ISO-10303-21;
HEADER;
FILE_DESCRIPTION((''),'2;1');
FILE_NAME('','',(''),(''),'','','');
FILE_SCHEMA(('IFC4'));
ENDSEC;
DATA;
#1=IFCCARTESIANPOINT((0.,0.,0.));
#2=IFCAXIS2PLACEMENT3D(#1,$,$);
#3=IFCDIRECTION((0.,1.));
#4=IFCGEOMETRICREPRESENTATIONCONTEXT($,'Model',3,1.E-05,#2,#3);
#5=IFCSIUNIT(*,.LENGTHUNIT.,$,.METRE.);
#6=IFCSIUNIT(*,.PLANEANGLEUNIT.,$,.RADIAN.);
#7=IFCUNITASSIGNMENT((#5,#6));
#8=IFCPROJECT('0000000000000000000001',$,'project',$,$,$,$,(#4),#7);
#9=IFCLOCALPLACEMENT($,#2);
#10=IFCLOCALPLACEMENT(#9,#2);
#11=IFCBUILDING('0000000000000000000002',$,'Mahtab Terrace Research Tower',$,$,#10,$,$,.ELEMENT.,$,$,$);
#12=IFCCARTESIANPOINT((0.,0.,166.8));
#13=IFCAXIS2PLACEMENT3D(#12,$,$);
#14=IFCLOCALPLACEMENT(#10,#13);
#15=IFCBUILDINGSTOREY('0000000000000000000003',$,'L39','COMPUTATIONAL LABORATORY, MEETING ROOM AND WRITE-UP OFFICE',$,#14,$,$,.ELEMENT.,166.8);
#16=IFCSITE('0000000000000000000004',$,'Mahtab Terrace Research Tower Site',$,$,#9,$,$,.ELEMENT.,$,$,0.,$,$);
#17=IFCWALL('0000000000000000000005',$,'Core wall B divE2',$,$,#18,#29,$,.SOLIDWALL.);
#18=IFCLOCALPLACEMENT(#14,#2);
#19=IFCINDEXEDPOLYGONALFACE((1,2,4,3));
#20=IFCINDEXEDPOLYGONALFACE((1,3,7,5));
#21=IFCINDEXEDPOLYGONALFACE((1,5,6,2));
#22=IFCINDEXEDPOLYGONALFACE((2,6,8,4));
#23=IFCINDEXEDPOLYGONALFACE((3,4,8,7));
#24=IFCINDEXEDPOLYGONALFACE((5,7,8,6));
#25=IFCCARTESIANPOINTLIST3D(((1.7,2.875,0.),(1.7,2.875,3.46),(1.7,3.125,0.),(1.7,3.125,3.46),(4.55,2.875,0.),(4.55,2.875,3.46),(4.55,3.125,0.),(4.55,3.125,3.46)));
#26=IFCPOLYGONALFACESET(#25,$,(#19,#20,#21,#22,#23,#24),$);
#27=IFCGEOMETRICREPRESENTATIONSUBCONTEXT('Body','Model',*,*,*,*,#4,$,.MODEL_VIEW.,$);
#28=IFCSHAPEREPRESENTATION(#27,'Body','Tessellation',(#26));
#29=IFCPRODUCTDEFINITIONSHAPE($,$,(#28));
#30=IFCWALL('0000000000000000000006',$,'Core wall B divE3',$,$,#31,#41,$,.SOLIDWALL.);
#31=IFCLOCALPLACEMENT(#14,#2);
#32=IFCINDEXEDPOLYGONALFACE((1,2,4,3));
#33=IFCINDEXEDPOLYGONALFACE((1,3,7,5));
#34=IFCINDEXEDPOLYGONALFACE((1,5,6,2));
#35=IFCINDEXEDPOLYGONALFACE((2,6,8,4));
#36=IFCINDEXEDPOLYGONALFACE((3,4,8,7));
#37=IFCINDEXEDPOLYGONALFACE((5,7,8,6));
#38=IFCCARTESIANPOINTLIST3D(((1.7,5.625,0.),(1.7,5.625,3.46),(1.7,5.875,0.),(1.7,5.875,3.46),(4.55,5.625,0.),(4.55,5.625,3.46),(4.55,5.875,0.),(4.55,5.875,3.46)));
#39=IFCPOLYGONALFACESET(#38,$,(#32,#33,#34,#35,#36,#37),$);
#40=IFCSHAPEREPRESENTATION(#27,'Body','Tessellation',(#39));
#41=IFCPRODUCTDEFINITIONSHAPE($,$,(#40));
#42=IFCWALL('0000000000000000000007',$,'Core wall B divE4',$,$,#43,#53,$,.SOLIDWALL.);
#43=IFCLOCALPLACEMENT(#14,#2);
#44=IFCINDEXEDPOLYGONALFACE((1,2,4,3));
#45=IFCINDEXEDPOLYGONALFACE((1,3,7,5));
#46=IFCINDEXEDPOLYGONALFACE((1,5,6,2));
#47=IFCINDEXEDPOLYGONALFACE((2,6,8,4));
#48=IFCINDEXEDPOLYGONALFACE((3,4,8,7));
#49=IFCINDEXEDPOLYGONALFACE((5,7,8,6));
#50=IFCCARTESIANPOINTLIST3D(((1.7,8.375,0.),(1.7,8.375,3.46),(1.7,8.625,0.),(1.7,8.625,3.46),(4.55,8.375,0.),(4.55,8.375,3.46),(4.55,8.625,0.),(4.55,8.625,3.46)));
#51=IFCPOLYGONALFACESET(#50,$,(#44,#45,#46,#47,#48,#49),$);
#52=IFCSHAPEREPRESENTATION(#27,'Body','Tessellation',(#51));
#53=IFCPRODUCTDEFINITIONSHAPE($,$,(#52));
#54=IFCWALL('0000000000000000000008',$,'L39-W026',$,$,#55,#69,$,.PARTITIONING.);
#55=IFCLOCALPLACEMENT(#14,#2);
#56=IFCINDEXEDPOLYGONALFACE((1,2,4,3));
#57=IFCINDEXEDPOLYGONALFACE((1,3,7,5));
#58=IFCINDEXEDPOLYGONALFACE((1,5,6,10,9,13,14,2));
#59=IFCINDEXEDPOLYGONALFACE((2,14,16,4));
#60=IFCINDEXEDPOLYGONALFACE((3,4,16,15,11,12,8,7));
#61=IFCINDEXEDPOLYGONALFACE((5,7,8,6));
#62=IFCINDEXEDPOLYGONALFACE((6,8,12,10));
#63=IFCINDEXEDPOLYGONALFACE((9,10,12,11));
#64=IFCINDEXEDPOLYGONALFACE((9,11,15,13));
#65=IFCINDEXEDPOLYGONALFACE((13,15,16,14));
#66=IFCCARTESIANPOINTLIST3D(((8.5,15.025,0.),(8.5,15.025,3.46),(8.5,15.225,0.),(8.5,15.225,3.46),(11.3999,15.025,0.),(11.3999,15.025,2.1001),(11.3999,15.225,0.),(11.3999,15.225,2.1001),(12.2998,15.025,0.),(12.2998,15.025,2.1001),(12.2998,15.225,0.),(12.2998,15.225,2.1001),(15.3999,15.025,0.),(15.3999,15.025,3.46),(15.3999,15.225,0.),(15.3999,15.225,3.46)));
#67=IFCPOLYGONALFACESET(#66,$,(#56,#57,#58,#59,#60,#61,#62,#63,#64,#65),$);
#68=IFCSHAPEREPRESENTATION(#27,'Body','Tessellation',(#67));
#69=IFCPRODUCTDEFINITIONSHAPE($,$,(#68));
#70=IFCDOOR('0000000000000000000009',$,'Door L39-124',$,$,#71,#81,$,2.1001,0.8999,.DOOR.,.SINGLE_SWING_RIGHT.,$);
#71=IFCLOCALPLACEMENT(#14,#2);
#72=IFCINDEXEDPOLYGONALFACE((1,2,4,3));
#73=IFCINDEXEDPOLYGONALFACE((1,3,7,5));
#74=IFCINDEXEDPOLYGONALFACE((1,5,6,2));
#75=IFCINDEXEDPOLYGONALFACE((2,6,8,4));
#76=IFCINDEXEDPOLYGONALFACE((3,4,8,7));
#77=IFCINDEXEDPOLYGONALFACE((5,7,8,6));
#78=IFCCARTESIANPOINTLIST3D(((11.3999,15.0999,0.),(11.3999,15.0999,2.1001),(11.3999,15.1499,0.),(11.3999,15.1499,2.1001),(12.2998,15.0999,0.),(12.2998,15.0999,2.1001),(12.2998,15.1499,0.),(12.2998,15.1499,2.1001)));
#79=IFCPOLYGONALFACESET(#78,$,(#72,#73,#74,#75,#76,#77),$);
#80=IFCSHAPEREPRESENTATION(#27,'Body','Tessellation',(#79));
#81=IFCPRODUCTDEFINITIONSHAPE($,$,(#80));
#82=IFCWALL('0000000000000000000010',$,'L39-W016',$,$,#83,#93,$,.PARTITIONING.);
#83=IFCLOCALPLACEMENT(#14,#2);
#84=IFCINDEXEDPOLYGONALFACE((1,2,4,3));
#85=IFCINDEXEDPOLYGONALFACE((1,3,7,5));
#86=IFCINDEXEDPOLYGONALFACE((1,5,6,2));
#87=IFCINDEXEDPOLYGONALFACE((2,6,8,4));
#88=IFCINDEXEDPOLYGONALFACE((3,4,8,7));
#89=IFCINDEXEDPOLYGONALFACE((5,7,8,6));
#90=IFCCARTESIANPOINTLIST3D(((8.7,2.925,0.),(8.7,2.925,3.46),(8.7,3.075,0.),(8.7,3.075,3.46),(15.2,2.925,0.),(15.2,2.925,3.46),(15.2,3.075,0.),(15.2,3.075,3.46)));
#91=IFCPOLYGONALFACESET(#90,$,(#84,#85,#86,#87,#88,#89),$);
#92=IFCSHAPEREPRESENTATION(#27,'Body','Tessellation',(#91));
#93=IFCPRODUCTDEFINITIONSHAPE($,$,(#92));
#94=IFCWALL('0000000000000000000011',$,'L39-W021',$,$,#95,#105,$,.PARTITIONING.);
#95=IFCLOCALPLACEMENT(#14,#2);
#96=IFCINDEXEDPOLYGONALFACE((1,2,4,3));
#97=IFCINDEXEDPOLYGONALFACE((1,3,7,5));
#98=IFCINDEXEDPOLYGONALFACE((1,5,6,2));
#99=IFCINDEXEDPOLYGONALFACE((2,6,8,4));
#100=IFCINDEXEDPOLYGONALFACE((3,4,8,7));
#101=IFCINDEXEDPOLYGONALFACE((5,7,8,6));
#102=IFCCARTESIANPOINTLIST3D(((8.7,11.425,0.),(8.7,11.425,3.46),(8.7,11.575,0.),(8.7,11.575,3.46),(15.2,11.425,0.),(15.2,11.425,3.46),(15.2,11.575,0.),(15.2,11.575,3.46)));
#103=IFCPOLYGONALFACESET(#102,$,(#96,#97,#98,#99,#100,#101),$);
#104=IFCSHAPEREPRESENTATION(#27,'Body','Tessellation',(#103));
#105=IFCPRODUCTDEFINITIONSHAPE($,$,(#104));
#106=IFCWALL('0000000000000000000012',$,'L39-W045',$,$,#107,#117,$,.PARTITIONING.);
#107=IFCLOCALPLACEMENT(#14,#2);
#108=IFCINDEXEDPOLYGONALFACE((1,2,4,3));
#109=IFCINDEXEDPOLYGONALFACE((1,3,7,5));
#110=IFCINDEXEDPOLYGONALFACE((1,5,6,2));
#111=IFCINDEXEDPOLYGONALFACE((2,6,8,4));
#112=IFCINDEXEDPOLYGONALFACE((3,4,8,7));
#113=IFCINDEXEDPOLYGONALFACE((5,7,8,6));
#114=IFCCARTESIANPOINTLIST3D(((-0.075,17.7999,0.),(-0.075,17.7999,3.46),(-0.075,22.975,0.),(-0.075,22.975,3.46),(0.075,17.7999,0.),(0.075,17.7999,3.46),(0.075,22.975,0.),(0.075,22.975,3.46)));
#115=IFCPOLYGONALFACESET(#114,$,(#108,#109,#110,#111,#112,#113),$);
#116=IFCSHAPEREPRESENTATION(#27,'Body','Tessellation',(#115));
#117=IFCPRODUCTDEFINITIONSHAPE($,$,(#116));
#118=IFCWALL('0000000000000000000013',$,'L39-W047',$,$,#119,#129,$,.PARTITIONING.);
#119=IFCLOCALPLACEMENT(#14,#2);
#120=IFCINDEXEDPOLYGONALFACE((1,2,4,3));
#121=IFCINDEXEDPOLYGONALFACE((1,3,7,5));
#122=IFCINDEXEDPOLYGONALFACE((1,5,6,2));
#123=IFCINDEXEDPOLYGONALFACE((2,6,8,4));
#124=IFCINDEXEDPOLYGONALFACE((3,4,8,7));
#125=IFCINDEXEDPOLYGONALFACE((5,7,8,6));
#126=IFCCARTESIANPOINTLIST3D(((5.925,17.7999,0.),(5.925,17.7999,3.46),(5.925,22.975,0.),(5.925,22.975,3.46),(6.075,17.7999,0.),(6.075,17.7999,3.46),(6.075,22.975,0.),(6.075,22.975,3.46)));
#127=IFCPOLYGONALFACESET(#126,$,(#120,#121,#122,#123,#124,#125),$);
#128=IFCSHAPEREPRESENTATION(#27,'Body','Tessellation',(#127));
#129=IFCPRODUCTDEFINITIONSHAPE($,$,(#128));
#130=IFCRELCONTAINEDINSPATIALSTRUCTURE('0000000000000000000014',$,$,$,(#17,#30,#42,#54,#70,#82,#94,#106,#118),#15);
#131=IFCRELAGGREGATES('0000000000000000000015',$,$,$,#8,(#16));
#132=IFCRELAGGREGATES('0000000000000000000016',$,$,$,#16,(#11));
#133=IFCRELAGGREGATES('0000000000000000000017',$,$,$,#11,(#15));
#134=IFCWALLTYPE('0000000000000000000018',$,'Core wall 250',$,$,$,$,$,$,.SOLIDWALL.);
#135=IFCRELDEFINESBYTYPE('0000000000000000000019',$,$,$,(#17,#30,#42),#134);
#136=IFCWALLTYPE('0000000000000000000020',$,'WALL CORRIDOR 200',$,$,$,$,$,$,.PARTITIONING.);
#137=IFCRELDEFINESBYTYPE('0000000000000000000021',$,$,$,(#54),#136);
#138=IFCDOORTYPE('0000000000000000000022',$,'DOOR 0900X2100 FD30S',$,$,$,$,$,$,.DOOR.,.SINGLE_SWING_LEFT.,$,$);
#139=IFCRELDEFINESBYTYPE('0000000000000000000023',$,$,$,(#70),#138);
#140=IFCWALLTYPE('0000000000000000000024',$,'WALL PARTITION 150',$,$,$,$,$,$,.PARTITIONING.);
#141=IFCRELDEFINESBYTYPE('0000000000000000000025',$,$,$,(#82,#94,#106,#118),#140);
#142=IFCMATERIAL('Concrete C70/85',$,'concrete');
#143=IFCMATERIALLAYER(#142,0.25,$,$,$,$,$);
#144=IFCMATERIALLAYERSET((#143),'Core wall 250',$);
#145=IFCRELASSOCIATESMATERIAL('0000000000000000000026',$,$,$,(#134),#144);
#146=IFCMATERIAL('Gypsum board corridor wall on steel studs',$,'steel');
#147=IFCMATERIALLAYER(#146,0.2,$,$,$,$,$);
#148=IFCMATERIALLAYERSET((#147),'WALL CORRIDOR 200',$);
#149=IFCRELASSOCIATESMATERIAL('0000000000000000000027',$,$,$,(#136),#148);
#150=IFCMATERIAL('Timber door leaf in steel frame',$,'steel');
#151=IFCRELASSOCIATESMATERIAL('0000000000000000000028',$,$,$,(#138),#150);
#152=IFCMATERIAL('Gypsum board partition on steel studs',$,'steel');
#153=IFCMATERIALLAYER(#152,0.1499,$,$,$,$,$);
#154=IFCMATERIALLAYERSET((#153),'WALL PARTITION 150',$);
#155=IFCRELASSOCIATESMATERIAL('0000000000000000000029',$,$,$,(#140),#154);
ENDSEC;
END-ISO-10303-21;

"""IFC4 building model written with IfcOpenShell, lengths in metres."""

from ifc_helpers import new_model, si_unit, direction, frame, frame_2d, origin, place, context, subcontext, project, spatial, rectangle, extrude, material, layer, layer_set, type_object, element, fill, save


model = new_model("IFC4")

# Units and contexts
model_context = context("Model", 3, precision=1e-05, world=origin(), true_north=direction((0.0, 1.0)))
body_context = subcontext(model_context, "Body", "Model", "MODEL_VIEW")
ifc_project = project(units=[si_unit("LENGTHUNIT", "METRE"), si_unit("PLANEANGLEUNIT", "RADIAN")], contexts=[model_context])

# Site, building, storey
site_placement = place(None, origin())
site = spatial("IfcSite", under=ifc_project, at=site_placement, Name="Mahtab Terrace Research Tower Site", CompositionType="ELEMENT", RefElevation=0.0)
building_placement = place(site_placement, origin())
building = spatial("IfcBuilding", under=site, at=building_placement, Name="Mahtab Terrace Research Tower", CompositionType="ELEMENT")
storey_placement = place(building_placement, frame((0.0, 0.0, 166.8)))
storey = spatial("IfcBuildingStorey", under=building, at=storey_placement, Name="L39", Description="COMPUTATIONAL LABORATORY, MEETING ROOM AND WRITE-UP OFFICE", CompositionType="ELEMENT", Elevation=166.8)

# Shared definitions
ifc_material_1 = material(Name="Concrete C70/85", Category="concrete")

# Shared definitions
ifc_layer_1 = layer(ifc_material_1, 0.25)
ifc_layer_set_1 = layer_set([ifc_layer_1], Name="Core wall 250")
wall_type_1 = type_object("IfcWallType", Name="Core wall 250", PredefinedType="SOLIDWALL", material=ifc_layer_set_1)

# Walls
for number, where, z_axis, x_axis, name in (
    (1, (1.7, 3.0, 0.0), (0.0, 0.0, 1.0), (1.0, 0.0, 0.0), "Core wall B divE2"),
    (2, (1.7, 5.75, 0.0), (0.0, 0.0, 1.0), (1.0, 0.0, 0.0), "Core wall B divE3"),
    (3, (1.7, 8.5, 0.0), (0.0, 0.0, 1.0), (1.0, 0.0, 0.0), "Core wall B divE4"),
):
    element("IfcWall", number, at=place(storey_placement, frame(where, z_axis=z_axis, x_axis=x_axis)), inside=storey, type_object=wall_type_1, Name=name, PredefinedType="SOLIDWALL", context=body_context, shape_type="SweptSolid", body=[
        extrude(rectangle(XDim=2.8501, YDim=0.25, at=frame_2d((1.425, 0.0))), origin(), (0.0, 0.0, 1.0), 3.46),
    ])

# Wall, opening, door
ifc_material_2 = material(Name="Gypsum board corridor wall on steel studs", Category="steel")
ifc_layer_2 = layer(ifc_material_2, 0.2)
ifc_layer_set_2 = layer_set([ifc_layer_2], Name="WALL CORRIDOR 200")
wall_type_2 = type_object("IfcWallType", Name="WALL CORRIDOR 200", PredefinedType="PARTITIONING", material=ifc_layer_set_2)
wall_1_placement = place(storey_placement, frame((8.5, 15.125, 0.0), z_axis=(0.0, 0.0, 1.0), x_axis=(1.0, 0.0, 0.0)))
wall_1 = element("IfcWall", 4, at=wall_1_placement, inside=storey, type_object=wall_type_2, Name="L39-W026", PredefinedType="PARTITIONING", context=body_context, shape_type="SweptSolid", body=[
    extrude(rectangle(XDim=6.8999, YDim=0.2, at=frame_2d((3.45, 0.0))), origin(), (0.0, 0.0, 1.0), 3.46),
])
opening_1_placement = place(wall_1_placement, frame((2.8999, 0.0, 0.0)))
opening_1 = element("IfcOpeningElement", 5, at=opening_1_placement, cuts=wall_1, PredefinedType="OPENING", context=body_context, shape_type="SweptSolid", body=[
    extrude(rectangle(XDim=0.8999, YDim=2.1001, at=frame_2d((0.45, 1.05))), frame((0.0, 0.1099, 0.0), z_axis=(0.0, -1.0, 0.0), x_axis=(1.0, 0.0, 0.0)), (0.0, 0.0, 1.0), 0.22),
])
ifc_material_3 = material(Name="Timber door leaf in steel frame", Category="steel")
door_type_1 = type_object("IfcDoorType", Name="DOOR 0900X2100 FD30S", OperationType="SINGLE_SWING_LEFT", PredefinedType="DOOR", material=ifc_material_3)
door_1_placement = place(opening_1_placement, origin())
door_1 = element("IfcDoor", 6, at=door_1_placement, inside=storey, type_object=door_type_1, Name="Door L39-124", OperationType="SINGLE_SWING_RIGHT", OverallHeight=2.1001, OverallWidth=0.8999, PredefinedType="DOOR", context=body_context, shape_type="SweptSolid", body=[
    extrude(rectangle(XDim=0.8999, YDim=2.1001, at=frame_2d((0.45, 1.05))), frame((0.0, 0.0249, 0.0), z_axis=(0.0, -1.0, 0.0), x_axis=(1.0, 0.0, 0.0)), (0.0, 0.0, 1.0), 0.05),
])
fill(opening_1, door_1)

# Walls
ifc_material_4 = material(Name="Gypsum board partition on steel studs", Category="steel")
ifc_layer_3 = layer(ifc_material_4, 0.1499)
ifc_layer_set_3 = layer_set([ifc_layer_3], Name="WALL PARTITION 150")
wall_type_3 = type_object("IfcWallType", Name="WALL PARTITION 150", PredefinedType="PARTITIONING", material=ifc_layer_set_3)
for number, where, z_axis, x_axis, name in (
    (7, (8.7, 3.0, 0.0), (0.0, 0.0, 1.0), (1.0, 0.0, 0.0), "L39-W016"),
    (8, (8.7, 11.5, 0.0), (0.0, 0.0, 1.0), (1.0, 0.0, 0.0), "L39-W021"),
):
    element("IfcWall", number, at=place(storey_placement, frame(where, z_axis=z_axis, x_axis=x_axis)), inside=storey, type_object=wall_type_3, Name=name, PredefinedType="PARTITIONING", context=body_context, shape_type="SweptSolid", body=[
        extrude(rectangle(XDim=6.5, YDim=0.1499, at=frame_2d((3.25, 0.0))), origin(), (0.0, 0.0, 1.0), 3.46),
    ])
for number, where, z_axis, x_axis, name in (
    (9, (0.0, 17.8, 0.0), (0.0, 0.0, 1.0), (0.0, 1.0, 0.0), "L39-W045"),
    (10, (6.0, 17.8, 0.0), (0.0, 0.0, 1.0), (0.0, 1.0, 0.0), "L39-W047"),
):
    element("IfcWall", number, at=place(storey_placement, frame(where, z_axis=z_axis, x_axis=x_axis)), inside=storey, type_object=wall_type_3, Name=name, PredefinedType="PARTITIONING", context=body_context, shape_type="SweptSolid", body=[
        extrude(rectangle(XDim=5.175, YDim=0.1499, at=frame_2d((2.5874, 0.0))), origin(), (0.0, 0.0, 1.0), 3.46),
    ])

save(model, "model.ifc")
